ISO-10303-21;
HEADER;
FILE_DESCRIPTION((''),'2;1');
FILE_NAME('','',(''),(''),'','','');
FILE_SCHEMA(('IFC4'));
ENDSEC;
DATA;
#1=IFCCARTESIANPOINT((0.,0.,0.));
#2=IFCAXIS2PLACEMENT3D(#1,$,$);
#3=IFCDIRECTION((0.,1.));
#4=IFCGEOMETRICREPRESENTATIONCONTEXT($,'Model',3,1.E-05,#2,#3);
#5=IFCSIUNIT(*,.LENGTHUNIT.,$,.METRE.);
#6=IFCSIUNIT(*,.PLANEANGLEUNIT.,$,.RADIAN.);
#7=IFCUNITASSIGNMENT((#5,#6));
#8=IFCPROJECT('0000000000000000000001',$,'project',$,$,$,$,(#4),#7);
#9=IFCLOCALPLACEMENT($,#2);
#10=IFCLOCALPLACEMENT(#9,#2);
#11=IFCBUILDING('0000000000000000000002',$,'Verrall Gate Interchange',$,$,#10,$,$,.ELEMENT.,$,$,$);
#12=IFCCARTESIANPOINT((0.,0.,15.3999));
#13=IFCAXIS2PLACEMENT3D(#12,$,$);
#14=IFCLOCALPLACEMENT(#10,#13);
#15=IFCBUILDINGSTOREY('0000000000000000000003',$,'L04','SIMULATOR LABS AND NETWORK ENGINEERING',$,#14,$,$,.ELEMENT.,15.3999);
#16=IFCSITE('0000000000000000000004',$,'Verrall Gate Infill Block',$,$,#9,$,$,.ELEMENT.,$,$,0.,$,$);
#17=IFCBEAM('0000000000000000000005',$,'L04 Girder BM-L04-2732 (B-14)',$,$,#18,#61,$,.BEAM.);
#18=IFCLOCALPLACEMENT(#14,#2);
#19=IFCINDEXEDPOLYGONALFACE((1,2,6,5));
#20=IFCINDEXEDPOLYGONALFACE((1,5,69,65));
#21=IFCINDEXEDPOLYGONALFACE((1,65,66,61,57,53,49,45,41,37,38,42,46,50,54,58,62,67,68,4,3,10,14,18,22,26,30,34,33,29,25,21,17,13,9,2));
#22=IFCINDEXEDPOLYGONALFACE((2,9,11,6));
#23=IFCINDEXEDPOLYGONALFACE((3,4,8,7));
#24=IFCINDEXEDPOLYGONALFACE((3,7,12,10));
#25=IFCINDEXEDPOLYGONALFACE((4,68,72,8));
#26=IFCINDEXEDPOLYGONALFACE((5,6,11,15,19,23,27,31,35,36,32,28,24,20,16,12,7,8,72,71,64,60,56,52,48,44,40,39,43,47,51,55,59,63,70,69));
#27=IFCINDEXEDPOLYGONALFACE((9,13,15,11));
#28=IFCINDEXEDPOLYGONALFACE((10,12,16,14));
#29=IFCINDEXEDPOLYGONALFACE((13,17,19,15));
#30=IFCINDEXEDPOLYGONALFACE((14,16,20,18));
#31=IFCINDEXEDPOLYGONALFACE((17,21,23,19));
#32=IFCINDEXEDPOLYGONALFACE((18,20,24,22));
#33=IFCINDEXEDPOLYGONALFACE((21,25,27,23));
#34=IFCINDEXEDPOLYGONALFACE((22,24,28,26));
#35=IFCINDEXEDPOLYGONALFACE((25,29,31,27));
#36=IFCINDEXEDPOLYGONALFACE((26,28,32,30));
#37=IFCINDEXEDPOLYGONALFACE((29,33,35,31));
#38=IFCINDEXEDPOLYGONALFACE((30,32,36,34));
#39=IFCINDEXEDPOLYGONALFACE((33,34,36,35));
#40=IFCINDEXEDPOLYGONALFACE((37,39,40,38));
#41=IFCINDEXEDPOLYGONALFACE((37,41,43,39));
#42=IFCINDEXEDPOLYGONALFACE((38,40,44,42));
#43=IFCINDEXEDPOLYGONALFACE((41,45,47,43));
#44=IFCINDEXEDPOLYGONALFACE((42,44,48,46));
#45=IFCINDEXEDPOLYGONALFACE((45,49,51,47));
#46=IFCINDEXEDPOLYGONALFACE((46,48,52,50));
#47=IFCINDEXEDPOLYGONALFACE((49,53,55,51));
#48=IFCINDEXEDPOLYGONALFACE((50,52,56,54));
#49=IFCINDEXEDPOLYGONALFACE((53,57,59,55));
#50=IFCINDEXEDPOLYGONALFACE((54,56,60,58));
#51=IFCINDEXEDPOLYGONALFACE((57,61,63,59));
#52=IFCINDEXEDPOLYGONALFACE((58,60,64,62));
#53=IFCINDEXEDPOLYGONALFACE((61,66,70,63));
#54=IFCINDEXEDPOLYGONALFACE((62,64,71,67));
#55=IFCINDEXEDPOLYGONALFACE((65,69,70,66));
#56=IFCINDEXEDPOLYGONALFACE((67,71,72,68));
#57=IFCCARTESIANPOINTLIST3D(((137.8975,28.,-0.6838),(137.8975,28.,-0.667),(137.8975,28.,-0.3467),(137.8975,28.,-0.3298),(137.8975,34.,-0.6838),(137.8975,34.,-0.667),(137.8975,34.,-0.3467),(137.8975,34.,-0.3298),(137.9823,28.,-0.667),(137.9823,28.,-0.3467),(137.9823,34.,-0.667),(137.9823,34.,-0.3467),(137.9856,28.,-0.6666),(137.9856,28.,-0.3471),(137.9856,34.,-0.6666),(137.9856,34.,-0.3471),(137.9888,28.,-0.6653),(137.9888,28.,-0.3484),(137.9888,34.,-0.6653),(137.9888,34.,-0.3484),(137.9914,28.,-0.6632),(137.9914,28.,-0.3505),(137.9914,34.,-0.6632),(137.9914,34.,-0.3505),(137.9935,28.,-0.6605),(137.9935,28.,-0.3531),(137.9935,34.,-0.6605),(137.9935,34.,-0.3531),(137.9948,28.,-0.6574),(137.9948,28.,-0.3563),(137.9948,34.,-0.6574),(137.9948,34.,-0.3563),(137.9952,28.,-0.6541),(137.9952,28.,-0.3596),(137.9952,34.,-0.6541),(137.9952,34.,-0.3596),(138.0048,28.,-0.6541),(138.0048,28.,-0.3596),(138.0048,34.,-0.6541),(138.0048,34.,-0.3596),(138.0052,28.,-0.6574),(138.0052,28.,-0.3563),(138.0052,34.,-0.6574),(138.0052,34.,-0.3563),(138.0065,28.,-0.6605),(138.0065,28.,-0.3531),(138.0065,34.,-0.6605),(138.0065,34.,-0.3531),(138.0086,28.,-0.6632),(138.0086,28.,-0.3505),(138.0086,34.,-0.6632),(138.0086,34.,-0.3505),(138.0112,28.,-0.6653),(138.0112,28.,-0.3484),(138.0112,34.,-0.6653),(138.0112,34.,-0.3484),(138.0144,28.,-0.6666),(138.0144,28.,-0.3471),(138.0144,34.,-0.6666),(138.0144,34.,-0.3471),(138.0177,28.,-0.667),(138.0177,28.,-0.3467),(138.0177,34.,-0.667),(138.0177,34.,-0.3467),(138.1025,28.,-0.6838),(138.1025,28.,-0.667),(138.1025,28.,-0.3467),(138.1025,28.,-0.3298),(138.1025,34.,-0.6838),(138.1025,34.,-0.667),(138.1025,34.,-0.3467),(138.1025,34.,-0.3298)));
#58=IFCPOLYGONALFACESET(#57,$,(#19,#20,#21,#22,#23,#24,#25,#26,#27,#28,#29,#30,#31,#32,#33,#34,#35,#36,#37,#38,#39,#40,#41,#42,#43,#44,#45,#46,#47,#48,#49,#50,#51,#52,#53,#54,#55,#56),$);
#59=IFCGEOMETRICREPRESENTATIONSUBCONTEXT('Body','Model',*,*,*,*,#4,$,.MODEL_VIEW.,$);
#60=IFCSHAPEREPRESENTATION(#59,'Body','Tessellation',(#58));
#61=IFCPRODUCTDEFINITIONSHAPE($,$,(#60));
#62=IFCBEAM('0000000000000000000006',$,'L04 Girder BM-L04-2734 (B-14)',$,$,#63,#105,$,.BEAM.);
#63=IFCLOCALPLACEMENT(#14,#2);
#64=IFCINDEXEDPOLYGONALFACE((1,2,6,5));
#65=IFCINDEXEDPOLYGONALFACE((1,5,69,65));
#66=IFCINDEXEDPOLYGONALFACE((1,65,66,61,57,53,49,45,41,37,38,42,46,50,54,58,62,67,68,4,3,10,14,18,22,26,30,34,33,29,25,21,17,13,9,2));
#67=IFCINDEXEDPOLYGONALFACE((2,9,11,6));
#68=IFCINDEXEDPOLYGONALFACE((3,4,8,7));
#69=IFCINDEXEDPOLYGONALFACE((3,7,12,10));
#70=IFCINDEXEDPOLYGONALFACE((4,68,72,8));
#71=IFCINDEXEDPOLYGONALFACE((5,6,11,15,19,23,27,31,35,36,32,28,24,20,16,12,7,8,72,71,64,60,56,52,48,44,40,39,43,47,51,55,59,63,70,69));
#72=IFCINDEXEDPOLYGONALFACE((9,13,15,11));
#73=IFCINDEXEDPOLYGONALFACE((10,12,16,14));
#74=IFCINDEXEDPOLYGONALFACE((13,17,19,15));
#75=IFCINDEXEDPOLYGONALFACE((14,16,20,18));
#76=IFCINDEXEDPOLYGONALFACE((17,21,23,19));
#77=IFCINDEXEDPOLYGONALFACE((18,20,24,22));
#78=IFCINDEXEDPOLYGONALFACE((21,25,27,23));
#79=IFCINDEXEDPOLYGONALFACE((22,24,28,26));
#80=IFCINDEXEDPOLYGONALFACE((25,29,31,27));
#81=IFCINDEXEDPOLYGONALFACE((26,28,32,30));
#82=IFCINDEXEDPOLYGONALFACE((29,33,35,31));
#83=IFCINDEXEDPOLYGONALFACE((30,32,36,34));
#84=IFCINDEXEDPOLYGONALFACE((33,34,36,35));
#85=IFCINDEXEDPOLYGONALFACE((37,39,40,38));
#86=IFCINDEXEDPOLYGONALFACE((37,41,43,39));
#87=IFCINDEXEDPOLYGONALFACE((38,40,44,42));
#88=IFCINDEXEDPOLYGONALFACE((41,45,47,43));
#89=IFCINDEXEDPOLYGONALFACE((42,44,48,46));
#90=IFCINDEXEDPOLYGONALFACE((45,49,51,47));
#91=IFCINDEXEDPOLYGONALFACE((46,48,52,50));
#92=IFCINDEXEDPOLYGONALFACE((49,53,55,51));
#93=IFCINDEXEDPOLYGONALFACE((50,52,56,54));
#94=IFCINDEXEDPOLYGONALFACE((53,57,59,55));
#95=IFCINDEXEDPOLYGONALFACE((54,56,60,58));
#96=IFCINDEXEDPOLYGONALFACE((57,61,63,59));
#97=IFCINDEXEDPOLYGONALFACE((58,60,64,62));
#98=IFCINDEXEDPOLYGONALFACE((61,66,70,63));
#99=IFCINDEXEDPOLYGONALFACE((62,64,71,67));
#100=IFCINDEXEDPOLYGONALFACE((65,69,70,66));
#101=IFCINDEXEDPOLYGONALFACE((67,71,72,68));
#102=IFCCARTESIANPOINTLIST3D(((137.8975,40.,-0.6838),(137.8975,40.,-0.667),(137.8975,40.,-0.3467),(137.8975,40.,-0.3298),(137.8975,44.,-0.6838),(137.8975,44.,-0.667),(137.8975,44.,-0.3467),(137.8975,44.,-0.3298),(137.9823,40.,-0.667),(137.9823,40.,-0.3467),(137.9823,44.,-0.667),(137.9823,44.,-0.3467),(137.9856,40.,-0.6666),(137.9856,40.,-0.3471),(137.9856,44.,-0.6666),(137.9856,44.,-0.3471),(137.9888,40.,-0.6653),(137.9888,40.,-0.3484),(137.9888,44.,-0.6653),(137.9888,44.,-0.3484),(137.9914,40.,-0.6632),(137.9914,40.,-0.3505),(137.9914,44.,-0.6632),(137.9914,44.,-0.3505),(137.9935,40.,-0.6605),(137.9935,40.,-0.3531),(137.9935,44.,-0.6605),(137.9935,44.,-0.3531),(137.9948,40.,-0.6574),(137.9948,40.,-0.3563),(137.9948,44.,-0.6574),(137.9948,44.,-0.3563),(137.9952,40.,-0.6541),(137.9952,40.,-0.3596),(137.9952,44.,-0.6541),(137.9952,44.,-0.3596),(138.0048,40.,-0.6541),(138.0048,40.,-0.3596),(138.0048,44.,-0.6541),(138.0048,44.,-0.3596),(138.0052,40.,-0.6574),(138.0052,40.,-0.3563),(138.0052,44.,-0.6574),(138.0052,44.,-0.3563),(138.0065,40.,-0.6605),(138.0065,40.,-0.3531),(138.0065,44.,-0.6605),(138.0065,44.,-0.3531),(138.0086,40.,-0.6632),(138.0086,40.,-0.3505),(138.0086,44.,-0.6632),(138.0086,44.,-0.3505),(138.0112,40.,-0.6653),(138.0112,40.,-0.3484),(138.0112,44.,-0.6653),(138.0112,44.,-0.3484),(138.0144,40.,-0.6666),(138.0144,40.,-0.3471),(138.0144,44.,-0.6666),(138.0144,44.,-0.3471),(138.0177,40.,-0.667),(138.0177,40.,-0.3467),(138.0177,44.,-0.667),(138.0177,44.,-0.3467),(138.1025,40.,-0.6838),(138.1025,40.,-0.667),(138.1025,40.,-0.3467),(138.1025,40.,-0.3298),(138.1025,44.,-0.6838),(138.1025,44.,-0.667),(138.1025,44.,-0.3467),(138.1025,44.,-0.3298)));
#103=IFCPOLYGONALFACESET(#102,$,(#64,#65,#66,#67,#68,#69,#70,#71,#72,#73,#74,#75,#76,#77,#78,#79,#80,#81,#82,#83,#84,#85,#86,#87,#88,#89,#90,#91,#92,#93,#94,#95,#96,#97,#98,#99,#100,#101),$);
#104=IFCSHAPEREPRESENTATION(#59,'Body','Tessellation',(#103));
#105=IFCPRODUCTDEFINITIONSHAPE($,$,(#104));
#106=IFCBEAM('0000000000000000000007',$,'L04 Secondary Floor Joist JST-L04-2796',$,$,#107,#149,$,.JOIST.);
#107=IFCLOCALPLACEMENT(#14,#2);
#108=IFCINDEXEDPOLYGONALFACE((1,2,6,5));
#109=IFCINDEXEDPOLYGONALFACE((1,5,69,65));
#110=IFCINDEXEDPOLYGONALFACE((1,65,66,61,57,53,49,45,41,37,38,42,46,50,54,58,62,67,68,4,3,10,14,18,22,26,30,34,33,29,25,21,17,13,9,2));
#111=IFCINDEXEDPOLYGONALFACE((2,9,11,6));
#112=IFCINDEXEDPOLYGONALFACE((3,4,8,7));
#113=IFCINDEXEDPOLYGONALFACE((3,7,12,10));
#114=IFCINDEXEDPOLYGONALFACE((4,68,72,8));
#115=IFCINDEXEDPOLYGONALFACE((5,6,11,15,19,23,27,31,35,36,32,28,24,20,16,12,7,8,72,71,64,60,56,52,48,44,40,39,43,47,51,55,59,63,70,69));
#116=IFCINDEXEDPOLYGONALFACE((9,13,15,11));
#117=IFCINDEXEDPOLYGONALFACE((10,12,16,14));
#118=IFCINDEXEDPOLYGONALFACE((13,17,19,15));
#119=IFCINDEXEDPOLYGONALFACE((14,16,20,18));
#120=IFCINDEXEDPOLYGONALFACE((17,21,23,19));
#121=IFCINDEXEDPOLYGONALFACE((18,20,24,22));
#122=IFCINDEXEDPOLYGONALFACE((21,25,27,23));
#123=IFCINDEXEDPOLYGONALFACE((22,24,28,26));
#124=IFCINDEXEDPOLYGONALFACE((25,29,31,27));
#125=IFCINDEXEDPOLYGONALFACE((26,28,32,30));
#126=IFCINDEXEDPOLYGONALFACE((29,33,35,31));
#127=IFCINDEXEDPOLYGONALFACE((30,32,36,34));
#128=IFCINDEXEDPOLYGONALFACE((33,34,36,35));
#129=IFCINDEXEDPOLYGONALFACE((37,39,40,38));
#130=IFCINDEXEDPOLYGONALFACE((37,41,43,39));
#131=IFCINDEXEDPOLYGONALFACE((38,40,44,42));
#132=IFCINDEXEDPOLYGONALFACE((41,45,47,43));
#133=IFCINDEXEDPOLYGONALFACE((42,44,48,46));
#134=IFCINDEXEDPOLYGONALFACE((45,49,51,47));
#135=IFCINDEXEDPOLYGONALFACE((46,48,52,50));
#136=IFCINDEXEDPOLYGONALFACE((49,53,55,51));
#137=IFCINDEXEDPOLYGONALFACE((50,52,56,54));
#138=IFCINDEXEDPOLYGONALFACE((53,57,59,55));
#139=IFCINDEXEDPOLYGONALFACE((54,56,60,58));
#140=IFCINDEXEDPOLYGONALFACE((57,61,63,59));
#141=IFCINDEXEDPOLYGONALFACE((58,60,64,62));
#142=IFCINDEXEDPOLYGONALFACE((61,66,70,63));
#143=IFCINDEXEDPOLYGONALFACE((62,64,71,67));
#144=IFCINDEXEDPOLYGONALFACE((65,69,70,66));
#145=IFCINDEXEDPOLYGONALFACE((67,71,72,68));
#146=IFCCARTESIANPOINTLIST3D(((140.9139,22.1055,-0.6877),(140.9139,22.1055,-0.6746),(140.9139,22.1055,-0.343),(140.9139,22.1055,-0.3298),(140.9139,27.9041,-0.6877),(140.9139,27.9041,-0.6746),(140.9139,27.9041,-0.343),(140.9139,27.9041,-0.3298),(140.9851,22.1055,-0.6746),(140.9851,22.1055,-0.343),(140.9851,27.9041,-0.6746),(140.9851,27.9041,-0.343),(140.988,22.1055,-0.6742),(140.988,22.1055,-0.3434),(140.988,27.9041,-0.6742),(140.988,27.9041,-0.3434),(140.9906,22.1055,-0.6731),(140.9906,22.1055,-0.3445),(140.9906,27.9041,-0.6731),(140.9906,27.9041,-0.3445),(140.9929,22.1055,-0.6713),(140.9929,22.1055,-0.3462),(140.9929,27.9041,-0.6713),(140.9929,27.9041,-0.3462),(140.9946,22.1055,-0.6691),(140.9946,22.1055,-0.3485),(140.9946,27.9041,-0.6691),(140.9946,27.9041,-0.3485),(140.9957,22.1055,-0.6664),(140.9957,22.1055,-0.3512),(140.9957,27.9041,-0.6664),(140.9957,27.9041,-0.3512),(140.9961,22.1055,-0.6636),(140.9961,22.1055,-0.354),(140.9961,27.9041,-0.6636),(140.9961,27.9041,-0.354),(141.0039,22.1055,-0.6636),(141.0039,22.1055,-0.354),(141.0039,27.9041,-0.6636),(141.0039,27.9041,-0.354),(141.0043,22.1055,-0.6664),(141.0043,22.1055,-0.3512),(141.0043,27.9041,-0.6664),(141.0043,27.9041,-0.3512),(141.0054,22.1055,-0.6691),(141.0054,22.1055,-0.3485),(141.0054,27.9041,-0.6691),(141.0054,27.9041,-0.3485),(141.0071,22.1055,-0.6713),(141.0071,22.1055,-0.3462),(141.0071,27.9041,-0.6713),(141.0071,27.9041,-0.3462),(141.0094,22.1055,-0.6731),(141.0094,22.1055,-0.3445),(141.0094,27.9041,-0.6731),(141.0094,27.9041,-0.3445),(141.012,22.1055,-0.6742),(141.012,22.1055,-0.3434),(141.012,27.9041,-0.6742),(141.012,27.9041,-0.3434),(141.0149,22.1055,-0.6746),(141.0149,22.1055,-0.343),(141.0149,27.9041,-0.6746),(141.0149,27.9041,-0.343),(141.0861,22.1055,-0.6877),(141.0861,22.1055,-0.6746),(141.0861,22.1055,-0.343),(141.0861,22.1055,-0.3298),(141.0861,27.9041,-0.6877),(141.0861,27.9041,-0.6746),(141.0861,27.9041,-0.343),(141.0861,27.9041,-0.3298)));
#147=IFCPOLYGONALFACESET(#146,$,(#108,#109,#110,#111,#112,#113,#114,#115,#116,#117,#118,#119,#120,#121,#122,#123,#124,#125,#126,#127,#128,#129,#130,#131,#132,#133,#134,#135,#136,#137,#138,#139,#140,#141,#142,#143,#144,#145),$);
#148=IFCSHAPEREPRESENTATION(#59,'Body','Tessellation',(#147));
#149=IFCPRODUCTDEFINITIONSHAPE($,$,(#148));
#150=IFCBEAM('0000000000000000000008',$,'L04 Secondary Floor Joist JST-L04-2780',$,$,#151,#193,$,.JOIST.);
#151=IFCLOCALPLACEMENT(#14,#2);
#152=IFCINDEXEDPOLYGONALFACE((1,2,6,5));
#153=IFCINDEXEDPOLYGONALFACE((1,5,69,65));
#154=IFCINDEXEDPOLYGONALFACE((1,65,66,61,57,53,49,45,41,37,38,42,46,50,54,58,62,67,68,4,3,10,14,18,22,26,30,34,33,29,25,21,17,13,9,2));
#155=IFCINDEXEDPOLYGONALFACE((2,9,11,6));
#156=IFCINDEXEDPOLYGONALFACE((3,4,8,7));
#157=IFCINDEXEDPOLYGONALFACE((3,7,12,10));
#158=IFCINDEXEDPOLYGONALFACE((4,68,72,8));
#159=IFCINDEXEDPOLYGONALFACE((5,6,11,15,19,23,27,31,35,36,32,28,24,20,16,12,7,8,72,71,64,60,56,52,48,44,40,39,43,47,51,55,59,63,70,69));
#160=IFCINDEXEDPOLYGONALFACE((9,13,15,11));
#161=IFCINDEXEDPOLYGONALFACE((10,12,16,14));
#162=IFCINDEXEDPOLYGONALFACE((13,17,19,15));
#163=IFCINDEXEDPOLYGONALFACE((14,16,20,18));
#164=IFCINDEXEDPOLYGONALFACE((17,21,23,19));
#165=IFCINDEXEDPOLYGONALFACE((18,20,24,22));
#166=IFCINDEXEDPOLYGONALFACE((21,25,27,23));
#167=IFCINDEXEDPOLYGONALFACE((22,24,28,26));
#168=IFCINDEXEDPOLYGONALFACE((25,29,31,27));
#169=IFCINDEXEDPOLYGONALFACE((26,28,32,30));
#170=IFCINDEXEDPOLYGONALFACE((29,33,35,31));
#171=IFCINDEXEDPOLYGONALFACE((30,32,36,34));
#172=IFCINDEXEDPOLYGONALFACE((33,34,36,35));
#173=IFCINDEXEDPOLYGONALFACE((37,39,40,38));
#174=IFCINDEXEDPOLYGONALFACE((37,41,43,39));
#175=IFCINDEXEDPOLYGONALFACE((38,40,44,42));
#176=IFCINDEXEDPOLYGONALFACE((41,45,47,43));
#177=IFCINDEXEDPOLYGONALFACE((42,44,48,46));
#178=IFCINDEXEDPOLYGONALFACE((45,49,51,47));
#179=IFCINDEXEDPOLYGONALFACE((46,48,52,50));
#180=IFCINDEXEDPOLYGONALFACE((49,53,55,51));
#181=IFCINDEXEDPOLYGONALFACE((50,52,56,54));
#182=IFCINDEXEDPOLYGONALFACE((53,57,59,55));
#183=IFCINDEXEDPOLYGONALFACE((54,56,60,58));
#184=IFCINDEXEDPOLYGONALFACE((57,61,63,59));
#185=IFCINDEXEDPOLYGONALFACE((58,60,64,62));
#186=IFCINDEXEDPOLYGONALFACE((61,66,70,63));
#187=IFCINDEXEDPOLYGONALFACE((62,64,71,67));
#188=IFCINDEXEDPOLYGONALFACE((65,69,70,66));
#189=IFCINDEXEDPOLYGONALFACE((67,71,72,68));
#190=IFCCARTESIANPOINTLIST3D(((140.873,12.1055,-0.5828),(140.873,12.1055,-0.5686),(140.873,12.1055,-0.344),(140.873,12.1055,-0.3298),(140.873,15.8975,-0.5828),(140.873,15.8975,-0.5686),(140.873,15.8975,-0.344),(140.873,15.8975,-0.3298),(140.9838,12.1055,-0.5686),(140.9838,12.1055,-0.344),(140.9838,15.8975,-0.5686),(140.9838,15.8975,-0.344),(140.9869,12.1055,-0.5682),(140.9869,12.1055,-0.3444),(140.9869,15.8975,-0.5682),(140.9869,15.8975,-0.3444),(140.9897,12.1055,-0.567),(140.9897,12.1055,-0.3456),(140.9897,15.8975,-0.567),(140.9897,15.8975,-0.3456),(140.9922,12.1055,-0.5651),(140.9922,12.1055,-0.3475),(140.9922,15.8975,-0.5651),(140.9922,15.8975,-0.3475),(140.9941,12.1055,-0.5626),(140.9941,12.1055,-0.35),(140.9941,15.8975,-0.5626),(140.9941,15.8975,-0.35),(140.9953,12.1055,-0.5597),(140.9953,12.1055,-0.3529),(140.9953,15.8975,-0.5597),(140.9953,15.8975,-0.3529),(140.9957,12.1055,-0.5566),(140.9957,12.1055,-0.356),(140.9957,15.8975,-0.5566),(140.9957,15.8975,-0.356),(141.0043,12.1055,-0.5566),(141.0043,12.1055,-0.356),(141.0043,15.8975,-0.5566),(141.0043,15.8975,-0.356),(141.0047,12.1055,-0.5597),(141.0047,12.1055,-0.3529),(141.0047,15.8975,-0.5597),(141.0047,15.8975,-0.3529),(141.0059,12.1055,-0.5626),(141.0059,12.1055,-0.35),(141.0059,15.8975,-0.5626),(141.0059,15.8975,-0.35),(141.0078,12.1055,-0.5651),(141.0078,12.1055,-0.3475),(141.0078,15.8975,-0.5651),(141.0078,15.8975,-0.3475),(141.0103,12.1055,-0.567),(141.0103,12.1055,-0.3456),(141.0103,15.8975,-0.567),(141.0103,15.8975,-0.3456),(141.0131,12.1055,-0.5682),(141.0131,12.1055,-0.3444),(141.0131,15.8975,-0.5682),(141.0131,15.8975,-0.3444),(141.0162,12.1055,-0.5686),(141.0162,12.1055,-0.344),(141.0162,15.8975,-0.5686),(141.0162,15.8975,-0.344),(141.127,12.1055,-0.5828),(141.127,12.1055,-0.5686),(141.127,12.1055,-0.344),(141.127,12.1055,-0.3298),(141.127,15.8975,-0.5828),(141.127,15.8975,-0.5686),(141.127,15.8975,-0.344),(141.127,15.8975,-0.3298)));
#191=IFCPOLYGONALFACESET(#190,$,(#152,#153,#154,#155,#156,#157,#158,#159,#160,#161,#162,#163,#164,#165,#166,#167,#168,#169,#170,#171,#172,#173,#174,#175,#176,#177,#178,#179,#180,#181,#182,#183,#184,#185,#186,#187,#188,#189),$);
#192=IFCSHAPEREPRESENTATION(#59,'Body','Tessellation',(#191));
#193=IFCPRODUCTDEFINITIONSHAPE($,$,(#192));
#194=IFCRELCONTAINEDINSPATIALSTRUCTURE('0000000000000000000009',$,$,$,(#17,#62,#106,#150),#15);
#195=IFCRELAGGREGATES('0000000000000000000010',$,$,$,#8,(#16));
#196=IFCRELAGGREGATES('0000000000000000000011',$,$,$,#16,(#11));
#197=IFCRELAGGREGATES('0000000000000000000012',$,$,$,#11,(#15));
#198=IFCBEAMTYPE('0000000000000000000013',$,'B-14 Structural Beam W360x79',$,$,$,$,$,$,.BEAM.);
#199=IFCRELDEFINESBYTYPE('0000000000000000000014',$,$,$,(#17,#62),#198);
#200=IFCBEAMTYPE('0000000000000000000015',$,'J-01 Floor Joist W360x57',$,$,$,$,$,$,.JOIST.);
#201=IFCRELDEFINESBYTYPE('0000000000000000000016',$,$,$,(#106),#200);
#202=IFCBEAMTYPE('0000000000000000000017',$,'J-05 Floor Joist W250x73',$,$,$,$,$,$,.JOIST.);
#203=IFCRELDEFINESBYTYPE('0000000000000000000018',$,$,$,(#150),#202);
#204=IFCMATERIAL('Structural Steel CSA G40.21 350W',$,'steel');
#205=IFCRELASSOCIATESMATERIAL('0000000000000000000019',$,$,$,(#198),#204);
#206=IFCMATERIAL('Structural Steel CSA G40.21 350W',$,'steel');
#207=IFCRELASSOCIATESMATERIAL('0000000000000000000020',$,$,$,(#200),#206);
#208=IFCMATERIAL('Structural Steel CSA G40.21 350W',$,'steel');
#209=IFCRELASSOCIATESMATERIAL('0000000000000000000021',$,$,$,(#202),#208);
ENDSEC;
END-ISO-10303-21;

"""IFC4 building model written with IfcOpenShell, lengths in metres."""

from ifc_helpers import new_model, si_unit, direction, frame, origin, origin_2d, place, context, subcontext, project, spatial, i_section, extrude, material, material_profile, profile_set, type_object, element, save


model = new_model("IFC4")

# Units and contexts
model_context = context("Model", 3, precision=1e-05, world=origin(), true_north=direction((0.0, 1.0)))
body_context = subcontext(model_context, "Body", "Model", "MODEL_VIEW")
ifc_project = project(units=[si_unit("LENGTHUNIT", "METRE"), si_unit("PLANEANGLEUNIT", "RADIAN")], contexts=[model_context])

# Site, building, storey
site_placement = place(None, origin())
site = spatial("IfcSite", under=ifc_project, at=site_placement, Name="Verrall Gate Infill Block", CompositionType="ELEMENT", RefElevation=0.0)
building_placement = place(site_placement, origin())
building = spatial("IfcBuilding", under=site, at=building_placement, Name="Verrall Gate Interchange", CompositionType="ELEMENT")
storey_placement = place(building_placement, frame((0.0, 0.0, 15.3999)))
storey = spatial("IfcBuildingStorey", under=building, at=storey_placement, Name="L04", Description="SIMULATOR LABS AND NETWORK ENGINEERING", CompositionType="ELEMENT", Elevation=15.3999)

# Beams
ifc_material_1 = material(Name="Structural Steel CSA G40.21 350W", Category="steel")
ifc_material_profile_1 = material_profile(ifc_material_1, i_section(OverallWidth=0.2051, OverallDepth=0.354, WebThickness=0.0095, FlangeThickness=0.0168, FilletRadius=0.0129, at=origin_2d()), Name="W360x79")
ifc_profile_set_1 = profile_set([ifc_material_profile_1], Name="Structural Steel CSA G40.21 350W")
beam_type_1 = type_object("IfcBeamType", Name="B-14 Structural Beam W360x79", PredefinedType="BEAM", material=ifc_profile_set_1)
for number, where, z_axis, x_axis, name in (
    (1, (138.0, 28.0, -0.5068), (0.0, 1.0, 0.0), (-1.0, 0.0, 0.0), "L04 Girder BM-L04-2732 (B-14)"),
):
    element("IfcBeam", number, at=place(storey_placement, frame(where, z_axis=z_axis, x_axis=x_axis)), inside=storey, type_object=beam_type_1, Name=name, PredefinedType="BEAM", context=body_context, shape_type="SweptSolid", body=[
        extrude(i_section(OverallWidth=0.2051, OverallDepth=0.354, WebThickness=0.0095, FlangeThickness=0.0168, FilletRadius=0.0129, at=origin_2d()), origin(), (0.0, 0.0, 1.0), 6.0),
    ])
beam_1_placement = place(storey_placement, frame((138.0, 40.0, -0.5068), z_axis=(0.0, 1.0, 0.0), x_axis=(-1.0, 0.0, 0.0)))
element("IfcBeam", 2, at=beam_1_placement, inside=storey, type_object=beam_type_1, Name="L04 Girder BM-L04-2734 (B-14)", PredefinedType="BEAM", context=body_context, shape_type="SweptSolid", body=[
    extrude(i_section(OverallWidth=0.2051, OverallDepth=0.354, WebThickness=0.0095, FlangeThickness=0.0168, FilletRadius=0.0129, at=origin_2d()), origin(), (0.0, 0.0, 1.0), 4.0),
])
ifc_material_2 = material(Name="Structural Steel CSA G40.21 350W", Category="steel")
ifc_material_profile_2 = material_profile(ifc_material_2, i_section(OverallWidth=0.1721, OverallDepth=0.3579, WebThickness=0.0078, FlangeThickness=0.0132, FilletRadius=0.011, at=origin_2d()), Name="W360x57")
ifc_profile_set_2 = profile_set([ifc_material_profile_2], Name="Structural Steel CSA G40.21 350W")
beam_type_2 = type_object("IfcBeamType", Name="J-01 Floor Joist W360x57", PredefinedType="JOIST", material=ifc_profile_set_2)
beam_2_placement = place(storey_placement, frame((141.0, 22.1055, -0.5088), z_axis=(0.0, 1.0, 0.0), x_axis=(-1.0, 0.0, 0.0)))
element("IfcBeam", 3, at=beam_2_placement, inside=storey, type_object=beam_type_2, Name="L04 Secondary Floor Joist JST-L04-2796", PredefinedType="JOIST", context=body_context, shape_type="SweptSolid", body=[
    extrude(i_section(OverallWidth=0.1721, OverallDepth=0.3579, WebThickness=0.0078, FlangeThickness=0.0132, FilletRadius=0.011, at=origin_2d()), origin(), (0.0, 0.0, 1.0), 5.7986),
])
ifc_material_3 = material(Name="Structural Steel CSA G40.21 350W", Category="steel")
ifc_material_profile_3 = material_profile(ifc_material_3, i_section(OverallWidth=0.2539, OverallDepth=0.2529, WebThickness=0.0085, FlangeThickness=0.0142, FilletRadius=0.012, at=origin_2d()), Name="W250x73")
ifc_profile_set_3 = profile_set([ifc_material_profile_3], Name="Structural Steel CSA G40.21 350W")
beam_type_3 = type_object("IfcBeamType", Name="J-05 Floor Joist W250x73", PredefinedType="JOIST", material=ifc_profile_set_3)
beam_3_placement = place(storey_placement, frame((141.0, 12.1055, -0.4563), z_axis=(0.0, 1.0, 0.0), x_axis=(-1.0, 0.0, 0.0)))
element("IfcBeam", 4, at=beam_3_placement, inside=storey, type_object=beam_type_3, Name="L04 Secondary Floor Joist JST-L04-2780", PredefinedType="JOIST", context=body_context, shape_type="SweptSolid", body=[
    extrude(i_section(OverallWidth=0.2539, OverallDepth=0.2529, WebThickness=0.0085, FlangeThickness=0.0142, FilletRadius=0.012, at=origin_2d()), origin(), (0.0, 0.0, 1.0), 3.792),
])

save(model, "model.ifc")
